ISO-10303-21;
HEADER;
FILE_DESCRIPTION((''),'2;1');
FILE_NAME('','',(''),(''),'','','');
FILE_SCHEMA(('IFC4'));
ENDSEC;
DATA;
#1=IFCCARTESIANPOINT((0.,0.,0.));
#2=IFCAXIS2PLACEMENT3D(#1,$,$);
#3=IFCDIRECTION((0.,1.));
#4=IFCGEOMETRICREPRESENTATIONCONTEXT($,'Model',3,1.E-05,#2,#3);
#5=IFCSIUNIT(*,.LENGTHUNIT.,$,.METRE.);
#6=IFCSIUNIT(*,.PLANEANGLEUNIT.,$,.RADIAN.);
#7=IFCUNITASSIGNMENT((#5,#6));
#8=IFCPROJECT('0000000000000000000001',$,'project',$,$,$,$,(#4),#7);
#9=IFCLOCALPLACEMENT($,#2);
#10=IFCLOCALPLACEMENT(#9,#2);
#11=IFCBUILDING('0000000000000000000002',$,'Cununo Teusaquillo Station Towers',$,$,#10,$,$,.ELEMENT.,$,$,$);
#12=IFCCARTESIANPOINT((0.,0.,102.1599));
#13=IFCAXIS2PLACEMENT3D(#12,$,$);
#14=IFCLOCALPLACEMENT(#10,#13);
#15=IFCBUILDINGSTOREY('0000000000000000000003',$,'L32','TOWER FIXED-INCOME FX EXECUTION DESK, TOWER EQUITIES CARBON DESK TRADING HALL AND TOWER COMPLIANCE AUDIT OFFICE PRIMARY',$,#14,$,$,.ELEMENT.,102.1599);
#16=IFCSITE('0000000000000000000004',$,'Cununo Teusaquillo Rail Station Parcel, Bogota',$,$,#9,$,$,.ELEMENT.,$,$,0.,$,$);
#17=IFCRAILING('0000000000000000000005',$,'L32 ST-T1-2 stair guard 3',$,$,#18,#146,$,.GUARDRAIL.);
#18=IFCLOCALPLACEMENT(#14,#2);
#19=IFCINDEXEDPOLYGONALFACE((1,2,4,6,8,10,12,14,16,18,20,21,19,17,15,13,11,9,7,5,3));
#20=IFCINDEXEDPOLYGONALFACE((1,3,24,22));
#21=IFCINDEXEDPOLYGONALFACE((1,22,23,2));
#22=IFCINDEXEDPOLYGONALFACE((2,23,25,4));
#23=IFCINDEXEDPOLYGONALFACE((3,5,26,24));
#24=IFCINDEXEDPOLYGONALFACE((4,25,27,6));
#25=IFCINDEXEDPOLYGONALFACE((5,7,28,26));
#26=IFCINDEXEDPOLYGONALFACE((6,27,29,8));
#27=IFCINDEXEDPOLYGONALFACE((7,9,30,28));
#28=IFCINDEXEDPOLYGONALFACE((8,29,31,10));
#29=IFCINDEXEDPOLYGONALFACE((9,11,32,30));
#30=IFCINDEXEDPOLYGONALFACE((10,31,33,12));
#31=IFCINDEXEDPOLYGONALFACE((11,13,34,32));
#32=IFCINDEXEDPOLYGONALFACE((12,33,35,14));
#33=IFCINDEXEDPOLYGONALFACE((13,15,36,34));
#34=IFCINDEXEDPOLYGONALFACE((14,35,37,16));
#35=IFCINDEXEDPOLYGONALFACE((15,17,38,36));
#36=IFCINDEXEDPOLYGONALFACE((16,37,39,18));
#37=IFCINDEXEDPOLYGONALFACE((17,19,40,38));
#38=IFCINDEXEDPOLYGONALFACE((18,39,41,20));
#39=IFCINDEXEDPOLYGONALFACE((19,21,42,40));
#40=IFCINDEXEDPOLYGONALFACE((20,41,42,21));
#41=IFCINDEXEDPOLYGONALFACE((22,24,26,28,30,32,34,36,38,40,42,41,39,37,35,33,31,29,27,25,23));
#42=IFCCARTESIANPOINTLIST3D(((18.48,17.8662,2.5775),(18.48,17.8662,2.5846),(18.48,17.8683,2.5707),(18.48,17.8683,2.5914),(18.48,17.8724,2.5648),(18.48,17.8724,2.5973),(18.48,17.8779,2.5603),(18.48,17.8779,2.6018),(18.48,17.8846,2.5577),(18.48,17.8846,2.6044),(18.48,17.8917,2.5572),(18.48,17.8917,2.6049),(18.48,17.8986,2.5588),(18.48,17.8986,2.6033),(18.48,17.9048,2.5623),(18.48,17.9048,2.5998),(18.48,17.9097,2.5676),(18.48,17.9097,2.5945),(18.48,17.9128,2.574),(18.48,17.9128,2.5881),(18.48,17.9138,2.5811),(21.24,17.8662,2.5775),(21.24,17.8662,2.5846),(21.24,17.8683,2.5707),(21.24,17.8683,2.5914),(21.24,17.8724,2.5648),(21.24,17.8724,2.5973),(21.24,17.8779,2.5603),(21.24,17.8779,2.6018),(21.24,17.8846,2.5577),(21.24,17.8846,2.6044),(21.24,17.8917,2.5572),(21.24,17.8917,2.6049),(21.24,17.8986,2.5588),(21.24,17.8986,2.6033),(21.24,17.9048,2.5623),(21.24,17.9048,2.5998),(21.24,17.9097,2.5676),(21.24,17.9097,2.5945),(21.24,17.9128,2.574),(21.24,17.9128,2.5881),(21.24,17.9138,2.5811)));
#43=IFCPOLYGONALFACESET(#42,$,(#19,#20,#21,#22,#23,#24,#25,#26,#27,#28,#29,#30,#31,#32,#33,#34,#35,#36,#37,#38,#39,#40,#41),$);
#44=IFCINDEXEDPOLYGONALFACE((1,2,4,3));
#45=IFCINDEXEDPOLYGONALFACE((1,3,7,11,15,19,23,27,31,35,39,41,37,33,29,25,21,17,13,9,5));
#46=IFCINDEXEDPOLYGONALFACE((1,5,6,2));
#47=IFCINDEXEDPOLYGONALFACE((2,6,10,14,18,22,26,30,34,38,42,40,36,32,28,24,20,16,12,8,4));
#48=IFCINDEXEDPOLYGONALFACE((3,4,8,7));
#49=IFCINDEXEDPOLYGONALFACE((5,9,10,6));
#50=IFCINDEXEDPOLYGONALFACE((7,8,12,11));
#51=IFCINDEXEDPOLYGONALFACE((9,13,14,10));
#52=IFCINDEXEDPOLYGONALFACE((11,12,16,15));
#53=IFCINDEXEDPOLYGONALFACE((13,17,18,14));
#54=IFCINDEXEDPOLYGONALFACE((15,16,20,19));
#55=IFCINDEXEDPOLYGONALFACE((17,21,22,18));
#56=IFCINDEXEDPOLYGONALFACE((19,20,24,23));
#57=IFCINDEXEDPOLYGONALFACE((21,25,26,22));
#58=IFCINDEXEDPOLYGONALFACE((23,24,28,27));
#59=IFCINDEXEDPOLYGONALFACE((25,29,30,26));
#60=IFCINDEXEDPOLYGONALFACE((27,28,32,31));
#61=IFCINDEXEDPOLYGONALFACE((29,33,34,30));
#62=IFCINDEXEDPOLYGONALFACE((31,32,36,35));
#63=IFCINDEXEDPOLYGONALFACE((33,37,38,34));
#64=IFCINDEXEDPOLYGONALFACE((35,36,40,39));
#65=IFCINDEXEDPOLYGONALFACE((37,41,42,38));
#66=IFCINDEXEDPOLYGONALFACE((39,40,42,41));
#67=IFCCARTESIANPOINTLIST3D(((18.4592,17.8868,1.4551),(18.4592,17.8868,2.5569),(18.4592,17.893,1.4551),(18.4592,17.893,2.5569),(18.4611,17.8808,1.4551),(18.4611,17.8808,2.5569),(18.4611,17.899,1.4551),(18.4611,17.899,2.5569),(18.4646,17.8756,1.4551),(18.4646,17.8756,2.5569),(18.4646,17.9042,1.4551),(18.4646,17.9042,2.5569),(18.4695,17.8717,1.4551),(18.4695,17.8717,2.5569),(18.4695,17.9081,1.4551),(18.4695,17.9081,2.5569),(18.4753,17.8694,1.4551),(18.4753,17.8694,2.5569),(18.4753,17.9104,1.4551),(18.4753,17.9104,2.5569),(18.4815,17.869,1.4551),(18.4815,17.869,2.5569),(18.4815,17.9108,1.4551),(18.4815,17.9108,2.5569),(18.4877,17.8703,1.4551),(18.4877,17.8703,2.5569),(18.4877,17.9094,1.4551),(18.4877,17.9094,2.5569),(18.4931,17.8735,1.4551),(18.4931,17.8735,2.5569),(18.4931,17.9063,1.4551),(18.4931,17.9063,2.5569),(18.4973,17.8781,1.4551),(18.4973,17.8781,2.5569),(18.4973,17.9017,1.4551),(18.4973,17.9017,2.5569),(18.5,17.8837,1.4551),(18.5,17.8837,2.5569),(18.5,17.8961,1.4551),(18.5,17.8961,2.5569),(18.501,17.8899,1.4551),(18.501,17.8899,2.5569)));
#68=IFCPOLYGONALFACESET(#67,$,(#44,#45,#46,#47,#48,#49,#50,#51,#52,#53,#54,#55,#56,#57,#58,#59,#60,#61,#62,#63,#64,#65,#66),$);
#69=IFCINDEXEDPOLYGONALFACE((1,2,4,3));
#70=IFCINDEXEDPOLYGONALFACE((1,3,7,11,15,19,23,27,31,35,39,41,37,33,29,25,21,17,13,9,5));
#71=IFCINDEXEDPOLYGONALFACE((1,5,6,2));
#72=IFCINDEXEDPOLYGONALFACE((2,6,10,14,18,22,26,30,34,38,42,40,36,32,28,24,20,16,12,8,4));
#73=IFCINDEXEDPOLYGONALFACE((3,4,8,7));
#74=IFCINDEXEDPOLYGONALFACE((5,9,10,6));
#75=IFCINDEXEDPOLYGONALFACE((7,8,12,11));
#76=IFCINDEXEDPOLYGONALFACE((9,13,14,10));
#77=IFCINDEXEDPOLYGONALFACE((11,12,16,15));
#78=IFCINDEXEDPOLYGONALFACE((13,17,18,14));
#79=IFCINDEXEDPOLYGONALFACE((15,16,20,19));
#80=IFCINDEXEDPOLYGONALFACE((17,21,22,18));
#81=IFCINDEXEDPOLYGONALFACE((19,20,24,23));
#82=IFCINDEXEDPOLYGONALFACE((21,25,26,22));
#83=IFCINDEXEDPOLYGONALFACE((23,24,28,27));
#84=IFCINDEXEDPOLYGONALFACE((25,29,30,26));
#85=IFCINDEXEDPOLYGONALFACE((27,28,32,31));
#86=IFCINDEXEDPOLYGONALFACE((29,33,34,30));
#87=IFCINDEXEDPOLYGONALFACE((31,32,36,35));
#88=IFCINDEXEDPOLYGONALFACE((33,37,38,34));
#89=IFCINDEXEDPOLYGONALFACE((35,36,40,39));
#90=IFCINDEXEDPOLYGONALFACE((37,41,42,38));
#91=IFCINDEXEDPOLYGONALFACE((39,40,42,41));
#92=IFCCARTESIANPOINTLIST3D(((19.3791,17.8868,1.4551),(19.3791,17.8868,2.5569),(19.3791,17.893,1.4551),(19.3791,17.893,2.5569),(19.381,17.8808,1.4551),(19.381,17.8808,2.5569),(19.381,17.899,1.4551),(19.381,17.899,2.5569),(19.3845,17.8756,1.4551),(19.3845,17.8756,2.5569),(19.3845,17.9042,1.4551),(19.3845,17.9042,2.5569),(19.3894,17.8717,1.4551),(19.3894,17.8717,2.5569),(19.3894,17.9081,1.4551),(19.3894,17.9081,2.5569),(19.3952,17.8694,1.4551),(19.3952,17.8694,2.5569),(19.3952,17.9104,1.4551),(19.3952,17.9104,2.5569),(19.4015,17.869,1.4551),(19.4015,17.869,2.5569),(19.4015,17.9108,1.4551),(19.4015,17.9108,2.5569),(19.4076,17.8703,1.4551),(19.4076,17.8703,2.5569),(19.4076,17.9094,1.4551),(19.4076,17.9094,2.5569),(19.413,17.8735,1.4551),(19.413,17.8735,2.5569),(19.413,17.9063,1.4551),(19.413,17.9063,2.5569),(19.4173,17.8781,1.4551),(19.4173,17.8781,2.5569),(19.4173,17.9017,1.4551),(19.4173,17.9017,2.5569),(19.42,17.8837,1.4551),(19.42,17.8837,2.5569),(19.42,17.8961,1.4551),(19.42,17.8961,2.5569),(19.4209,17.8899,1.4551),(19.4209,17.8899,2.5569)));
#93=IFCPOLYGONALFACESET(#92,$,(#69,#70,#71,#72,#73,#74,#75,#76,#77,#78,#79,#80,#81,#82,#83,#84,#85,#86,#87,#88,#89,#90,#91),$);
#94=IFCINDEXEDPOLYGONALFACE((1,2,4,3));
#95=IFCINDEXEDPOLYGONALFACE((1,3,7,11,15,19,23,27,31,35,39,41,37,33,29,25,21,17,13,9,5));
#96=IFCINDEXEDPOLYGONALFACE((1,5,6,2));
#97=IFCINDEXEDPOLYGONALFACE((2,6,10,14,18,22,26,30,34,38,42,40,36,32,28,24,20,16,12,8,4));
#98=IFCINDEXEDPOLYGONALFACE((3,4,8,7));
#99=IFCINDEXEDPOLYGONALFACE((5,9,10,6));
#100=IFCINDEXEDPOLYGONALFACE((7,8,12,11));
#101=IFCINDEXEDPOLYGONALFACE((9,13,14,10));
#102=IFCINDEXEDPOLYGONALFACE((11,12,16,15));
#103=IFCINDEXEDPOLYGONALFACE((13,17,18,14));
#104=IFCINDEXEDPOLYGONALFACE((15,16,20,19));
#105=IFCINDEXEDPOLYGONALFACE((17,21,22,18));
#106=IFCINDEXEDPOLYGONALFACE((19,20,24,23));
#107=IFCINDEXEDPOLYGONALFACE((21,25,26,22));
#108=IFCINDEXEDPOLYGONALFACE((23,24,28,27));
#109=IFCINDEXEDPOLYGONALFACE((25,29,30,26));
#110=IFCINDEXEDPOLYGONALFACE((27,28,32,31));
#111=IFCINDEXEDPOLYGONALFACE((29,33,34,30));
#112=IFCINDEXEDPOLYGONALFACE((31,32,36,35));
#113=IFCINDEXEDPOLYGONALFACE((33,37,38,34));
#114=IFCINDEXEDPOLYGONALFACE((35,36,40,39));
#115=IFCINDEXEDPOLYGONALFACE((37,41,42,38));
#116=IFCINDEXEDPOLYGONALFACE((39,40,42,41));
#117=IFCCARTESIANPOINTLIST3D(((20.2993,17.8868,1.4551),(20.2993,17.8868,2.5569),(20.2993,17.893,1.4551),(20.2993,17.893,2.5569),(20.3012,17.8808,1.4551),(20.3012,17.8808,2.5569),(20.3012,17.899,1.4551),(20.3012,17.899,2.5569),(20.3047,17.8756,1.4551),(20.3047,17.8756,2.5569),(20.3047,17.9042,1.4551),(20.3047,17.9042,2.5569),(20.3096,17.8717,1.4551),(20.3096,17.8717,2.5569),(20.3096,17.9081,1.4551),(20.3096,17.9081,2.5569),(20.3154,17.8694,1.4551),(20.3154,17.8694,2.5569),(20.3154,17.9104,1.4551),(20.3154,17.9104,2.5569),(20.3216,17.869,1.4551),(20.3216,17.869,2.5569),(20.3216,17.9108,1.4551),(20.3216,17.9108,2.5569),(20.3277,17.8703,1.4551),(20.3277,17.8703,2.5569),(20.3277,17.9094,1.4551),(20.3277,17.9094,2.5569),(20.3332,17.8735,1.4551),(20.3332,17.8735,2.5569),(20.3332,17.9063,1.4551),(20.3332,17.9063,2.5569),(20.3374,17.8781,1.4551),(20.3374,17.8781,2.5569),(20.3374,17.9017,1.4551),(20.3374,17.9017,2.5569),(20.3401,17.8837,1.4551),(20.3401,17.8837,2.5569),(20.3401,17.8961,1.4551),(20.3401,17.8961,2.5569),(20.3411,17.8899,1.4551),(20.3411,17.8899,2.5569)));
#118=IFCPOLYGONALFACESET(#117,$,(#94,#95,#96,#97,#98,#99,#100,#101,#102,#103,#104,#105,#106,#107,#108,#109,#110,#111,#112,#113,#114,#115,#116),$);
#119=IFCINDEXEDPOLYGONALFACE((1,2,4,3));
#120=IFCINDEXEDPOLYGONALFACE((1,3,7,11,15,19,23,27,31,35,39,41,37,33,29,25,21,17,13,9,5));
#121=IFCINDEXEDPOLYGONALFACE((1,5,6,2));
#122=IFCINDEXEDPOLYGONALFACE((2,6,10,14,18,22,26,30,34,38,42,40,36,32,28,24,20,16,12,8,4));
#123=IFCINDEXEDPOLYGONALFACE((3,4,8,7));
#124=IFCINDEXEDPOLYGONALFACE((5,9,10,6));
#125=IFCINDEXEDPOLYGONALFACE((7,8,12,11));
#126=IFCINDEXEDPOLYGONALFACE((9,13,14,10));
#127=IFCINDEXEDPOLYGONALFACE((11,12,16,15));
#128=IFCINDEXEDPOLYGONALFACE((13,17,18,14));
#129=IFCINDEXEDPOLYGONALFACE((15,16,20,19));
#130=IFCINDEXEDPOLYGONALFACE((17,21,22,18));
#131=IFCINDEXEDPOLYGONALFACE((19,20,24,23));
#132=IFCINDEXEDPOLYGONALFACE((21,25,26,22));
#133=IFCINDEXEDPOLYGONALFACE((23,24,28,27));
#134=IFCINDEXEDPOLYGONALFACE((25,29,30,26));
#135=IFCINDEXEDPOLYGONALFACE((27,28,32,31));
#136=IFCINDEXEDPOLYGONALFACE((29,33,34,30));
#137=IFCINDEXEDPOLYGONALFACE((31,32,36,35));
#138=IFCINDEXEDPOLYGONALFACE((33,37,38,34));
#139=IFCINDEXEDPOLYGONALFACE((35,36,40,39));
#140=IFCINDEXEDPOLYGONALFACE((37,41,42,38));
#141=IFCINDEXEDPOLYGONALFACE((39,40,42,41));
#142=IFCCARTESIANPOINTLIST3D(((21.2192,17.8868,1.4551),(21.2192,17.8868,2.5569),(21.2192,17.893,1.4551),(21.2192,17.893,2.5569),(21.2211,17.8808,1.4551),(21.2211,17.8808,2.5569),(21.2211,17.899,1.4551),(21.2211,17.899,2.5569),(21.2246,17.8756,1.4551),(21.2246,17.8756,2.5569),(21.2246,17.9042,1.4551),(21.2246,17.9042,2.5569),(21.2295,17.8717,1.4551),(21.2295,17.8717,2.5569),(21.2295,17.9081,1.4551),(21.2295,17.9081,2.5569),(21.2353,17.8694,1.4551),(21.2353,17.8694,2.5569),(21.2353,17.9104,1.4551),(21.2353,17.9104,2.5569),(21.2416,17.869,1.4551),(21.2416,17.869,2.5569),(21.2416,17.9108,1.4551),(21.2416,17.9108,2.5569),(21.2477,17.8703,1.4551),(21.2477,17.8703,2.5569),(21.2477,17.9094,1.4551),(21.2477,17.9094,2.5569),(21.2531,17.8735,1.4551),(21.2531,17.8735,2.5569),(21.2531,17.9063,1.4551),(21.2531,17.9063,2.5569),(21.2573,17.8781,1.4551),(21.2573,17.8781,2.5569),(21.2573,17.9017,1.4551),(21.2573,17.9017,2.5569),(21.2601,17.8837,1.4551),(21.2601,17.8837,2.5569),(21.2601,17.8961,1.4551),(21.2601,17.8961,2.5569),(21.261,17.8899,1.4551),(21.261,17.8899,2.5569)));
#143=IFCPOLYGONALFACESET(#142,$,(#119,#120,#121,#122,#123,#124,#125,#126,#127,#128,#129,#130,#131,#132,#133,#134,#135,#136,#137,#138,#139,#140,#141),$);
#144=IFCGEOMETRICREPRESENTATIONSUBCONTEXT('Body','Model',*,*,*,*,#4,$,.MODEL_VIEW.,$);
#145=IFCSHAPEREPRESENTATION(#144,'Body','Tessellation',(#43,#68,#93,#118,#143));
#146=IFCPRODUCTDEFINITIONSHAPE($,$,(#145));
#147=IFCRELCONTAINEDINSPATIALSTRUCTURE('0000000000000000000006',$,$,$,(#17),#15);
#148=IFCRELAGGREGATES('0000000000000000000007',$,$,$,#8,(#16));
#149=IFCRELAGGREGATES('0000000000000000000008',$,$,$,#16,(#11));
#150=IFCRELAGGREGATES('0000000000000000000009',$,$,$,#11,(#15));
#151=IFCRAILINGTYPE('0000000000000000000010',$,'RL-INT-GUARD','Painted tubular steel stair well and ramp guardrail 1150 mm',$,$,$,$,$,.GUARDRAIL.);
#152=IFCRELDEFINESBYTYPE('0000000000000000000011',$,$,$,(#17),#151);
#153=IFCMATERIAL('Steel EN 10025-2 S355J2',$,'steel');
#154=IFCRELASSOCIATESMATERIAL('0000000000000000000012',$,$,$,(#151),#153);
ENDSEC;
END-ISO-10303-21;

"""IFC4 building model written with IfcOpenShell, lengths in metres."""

from ifc_helpers import new_model, si_unit, direction, frame, origin, origin_2d, place, context, subcontext, project, spatial, circle, extrude, material, type_object, element, save


model = new_model("IFC4")

# Units and contexts
model_context = context("Model", 3, precision=1e-05, world=origin(), true_north=direction((0.0, 1.0)))
body_context = subcontext(model_context, "Body", "Model", "MODEL_VIEW")
ifc_project = project(units=[si_unit("LENGTHUNIT", "METRE"), si_unit("PLANEANGLEUNIT", "RADIAN")], contexts=[model_context])

# Site, building, storey
site_placement = place(None, origin())
site = spatial("IfcSite", under=ifc_project, at=site_placement, Name="Cununo Teusaquillo Rail Station Parcel, Bogota", CompositionType="ELEMENT", RefElevation=0.0)
building_placement = place(site_placement, origin())
building = spatial("IfcBuilding", under=site, at=building_placement, Name="Cununo Teusaquillo Station Towers", CompositionType="ELEMENT")
storey_placement = place(building_placement, frame((0.0, 0.0, 102.1599)))
storey = spatial("IfcBuildingStorey", under=building, at=storey_placement, Name="L32", Description="TOWER FIXED-INCOME FX EXECUTION DESK, TOWER EQUITIES CARBON DESK TRADING HALL AND TOWER COMPLIANCE AUDIT OFFICE PRIMARY", CompositionType="ELEMENT", Elevation=102.1599)

# Railing
ifc_material_1 = material(Name="Steel EN 10025-2 S355J2", Category="steel")
railing_type_1 = type_object("IfcRailingType", Name="RL-INT-GUARD", Description="Painted tubular steel stair well and ramp guardrail 1150 mm", PredefinedType="GUARDRAIL", material=ifc_material_1)
railing_1_placement = place(storey_placement, frame((18.48, 17.8899, 1.4551)))
element("IfcRailing", 1, at=railing_1_placement, inside=storey, type_object=railing_type_1, Name="L32 ST-T1-2 stair guard 3", PredefinedType="GUARDRAIL", context=body_context, shape_type="SweptSolid", body=[
    extrude(circle(Radius=0.0239, at=origin_2d()), frame((0.0, 0.0, 1.126), z_axis=(1.0, 0.0, 0.0), x_axis=(0.0, 1.0, 0.0)), (0.0, 0.0, 1.0), 2.76),
    extrude(circle(Radius=0.021, at=origin_2d()), origin(), (0.0, 0.0, 1.0), 1.1018),
    extrude(circle(Radius=0.021, at=origin_2d()), frame((0.9199, 0.0, 0.0)), (0.0, 0.0, 1.0), 1.1018),
    extrude(circle(Radius=0.021, at=origin_2d()), frame((1.8401, 0.0, 0.0)), (0.0, 0.0, 1.0), 1.1018),
    extrude(circle(Radius=0.021, at=origin_2d()), frame((2.76, 0.0, 0.0)), (0.0, 0.0, 1.0), 1.1018),
])

save(model, "model.ifc")
